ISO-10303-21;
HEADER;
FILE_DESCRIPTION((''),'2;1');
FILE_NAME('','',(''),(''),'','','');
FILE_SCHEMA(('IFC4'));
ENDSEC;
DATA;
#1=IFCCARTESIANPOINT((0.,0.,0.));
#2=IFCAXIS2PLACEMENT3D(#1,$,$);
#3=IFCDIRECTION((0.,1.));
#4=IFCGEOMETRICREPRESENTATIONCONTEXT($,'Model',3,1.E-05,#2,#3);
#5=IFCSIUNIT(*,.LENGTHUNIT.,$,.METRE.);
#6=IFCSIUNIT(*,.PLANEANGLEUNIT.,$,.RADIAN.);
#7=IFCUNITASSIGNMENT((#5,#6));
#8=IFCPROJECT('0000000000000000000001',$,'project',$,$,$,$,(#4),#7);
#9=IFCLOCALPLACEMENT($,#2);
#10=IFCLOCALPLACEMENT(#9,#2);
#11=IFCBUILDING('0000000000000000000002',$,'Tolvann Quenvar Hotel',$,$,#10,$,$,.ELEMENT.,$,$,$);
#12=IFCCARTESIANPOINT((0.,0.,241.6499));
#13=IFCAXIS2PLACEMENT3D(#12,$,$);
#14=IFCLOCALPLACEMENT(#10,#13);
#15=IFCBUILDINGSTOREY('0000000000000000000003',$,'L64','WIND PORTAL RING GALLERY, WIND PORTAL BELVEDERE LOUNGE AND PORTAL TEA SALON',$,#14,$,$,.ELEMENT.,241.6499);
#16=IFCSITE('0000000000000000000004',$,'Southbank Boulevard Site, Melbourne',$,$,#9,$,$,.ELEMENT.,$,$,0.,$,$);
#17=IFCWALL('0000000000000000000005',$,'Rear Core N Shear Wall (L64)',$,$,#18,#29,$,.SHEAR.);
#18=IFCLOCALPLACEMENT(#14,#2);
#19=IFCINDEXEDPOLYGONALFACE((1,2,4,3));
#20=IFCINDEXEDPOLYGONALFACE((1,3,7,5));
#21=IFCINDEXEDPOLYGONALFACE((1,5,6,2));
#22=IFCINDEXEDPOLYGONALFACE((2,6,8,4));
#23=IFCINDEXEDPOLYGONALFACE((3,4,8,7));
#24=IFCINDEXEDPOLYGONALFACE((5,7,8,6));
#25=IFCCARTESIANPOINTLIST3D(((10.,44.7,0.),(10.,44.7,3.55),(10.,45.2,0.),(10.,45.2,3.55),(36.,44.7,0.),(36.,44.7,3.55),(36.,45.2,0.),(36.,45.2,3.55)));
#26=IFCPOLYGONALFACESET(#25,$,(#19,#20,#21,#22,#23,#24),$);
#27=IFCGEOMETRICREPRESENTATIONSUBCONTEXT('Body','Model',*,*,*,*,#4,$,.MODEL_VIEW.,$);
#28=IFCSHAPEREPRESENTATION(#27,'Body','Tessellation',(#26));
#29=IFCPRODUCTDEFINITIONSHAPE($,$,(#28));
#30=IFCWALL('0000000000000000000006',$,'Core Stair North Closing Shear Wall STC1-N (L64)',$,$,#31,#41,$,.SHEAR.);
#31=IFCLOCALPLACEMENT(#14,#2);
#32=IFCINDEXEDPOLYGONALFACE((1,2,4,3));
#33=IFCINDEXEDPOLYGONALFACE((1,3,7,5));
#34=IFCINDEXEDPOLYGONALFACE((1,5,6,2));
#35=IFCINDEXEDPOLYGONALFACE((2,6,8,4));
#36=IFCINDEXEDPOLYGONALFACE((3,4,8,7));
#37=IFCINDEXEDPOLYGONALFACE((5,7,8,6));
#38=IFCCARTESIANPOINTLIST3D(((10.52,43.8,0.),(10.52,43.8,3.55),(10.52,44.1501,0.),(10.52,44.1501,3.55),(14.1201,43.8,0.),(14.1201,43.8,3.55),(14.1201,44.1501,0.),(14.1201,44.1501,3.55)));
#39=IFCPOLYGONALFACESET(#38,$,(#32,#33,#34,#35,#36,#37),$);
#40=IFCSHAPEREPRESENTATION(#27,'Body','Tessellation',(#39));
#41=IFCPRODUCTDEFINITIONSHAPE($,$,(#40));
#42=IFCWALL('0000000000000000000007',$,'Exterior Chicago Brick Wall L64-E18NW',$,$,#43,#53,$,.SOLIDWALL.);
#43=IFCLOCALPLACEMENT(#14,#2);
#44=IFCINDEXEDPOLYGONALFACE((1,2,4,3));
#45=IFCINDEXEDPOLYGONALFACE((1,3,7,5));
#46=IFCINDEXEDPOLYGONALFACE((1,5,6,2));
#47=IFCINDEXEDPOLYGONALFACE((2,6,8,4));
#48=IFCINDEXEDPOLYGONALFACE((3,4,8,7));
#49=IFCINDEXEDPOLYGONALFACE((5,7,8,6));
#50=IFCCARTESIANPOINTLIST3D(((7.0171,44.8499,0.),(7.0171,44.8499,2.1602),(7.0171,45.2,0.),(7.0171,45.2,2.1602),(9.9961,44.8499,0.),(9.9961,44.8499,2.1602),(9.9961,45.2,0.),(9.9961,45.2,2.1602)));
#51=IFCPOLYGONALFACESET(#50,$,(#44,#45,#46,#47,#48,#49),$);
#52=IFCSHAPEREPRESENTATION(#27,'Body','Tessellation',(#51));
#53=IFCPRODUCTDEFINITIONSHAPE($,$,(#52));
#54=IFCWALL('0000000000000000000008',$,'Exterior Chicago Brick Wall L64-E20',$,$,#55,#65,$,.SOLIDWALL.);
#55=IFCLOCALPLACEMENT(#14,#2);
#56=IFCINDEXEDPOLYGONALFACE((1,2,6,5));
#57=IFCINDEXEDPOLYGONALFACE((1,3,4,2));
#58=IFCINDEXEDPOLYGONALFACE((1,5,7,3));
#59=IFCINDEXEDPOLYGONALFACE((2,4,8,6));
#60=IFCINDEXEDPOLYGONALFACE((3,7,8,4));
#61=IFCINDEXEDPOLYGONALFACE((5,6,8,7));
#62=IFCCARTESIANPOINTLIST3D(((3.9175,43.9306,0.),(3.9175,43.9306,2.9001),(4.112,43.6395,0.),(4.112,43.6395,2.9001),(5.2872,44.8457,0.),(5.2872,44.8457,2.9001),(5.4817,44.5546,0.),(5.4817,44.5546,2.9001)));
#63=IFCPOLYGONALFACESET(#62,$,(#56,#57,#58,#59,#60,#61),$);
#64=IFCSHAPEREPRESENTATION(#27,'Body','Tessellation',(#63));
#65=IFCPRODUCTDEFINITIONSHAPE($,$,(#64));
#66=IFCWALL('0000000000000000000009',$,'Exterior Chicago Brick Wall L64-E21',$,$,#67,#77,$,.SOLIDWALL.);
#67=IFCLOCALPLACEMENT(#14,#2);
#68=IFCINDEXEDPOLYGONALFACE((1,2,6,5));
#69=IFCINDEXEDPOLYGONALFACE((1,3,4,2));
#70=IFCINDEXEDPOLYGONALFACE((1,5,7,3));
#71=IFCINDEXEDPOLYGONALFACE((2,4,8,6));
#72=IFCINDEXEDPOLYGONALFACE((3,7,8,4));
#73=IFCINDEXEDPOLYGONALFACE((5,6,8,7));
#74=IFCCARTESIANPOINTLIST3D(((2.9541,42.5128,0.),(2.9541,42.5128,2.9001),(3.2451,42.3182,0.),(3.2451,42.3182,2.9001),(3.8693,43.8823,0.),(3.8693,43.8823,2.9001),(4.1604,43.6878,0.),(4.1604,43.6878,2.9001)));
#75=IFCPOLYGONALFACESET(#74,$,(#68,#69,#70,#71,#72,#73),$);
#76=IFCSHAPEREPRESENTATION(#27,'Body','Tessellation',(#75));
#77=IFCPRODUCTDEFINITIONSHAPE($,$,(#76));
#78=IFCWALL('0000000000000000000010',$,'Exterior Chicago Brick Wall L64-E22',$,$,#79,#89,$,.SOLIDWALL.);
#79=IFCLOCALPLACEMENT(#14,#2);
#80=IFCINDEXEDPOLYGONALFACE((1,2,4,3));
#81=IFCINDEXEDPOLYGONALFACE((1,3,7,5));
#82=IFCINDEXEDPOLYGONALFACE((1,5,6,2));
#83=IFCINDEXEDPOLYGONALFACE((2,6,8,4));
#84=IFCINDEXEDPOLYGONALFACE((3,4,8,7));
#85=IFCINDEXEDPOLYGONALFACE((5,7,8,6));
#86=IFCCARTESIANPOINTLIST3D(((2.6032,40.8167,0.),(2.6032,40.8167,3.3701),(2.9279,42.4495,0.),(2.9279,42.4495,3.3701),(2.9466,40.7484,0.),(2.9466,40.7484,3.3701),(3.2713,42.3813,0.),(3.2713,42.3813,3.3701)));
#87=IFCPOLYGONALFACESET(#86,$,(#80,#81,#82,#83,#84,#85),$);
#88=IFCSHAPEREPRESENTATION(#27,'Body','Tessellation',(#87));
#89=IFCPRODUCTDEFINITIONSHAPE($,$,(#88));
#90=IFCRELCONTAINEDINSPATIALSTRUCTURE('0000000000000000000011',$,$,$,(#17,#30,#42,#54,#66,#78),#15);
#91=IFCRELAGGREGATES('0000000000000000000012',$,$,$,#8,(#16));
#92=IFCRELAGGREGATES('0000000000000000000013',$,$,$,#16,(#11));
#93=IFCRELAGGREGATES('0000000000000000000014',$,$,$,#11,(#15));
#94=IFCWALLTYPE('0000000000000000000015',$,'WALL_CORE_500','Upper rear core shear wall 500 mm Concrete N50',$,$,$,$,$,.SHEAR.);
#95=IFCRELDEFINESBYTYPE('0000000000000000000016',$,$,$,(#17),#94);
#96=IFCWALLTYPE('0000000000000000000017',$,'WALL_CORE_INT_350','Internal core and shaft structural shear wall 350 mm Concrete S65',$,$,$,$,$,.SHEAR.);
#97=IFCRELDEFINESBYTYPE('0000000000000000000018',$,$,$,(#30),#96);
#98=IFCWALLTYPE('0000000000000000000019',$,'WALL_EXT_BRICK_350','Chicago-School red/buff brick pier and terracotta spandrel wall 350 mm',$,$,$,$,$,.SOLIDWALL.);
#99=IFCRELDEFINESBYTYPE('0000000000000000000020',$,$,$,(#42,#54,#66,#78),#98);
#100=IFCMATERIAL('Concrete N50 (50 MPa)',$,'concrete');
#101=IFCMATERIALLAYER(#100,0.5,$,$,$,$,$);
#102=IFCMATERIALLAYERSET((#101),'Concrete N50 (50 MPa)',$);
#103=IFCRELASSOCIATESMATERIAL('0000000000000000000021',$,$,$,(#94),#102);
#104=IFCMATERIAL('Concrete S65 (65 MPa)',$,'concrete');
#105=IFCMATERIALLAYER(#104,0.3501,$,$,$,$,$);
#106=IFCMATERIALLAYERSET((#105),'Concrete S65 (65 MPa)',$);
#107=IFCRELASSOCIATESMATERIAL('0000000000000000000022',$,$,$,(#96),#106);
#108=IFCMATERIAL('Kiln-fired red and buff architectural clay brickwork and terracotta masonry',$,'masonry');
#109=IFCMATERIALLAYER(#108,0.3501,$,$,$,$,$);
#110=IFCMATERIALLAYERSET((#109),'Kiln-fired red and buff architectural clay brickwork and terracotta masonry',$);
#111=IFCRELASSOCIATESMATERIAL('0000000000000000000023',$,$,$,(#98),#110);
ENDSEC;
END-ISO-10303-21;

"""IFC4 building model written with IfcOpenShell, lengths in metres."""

from ifc_helpers import new_model, si_unit, direction, frame, frame_2d, origin, place, context, subcontext, project, spatial, rectangle, extrude, material, layer, layer_set, type_object, element, save


model = new_model("IFC4")

# Units and contexts
model_context = context("Model", 3, precision=1e-05, world=origin(), true_north=direction((0.0, 1.0)))
body_context = subcontext(model_context, "Body", "Model", "MODEL_VIEW")
ifc_project = project(units=[si_unit("LENGTHUNIT", "METRE"), si_unit("PLANEANGLEUNIT", "RADIAN")], contexts=[model_context])

# Site, building, storey
site_placement = place(None, origin())
site = spatial("IfcSite", under=ifc_project, at=site_placement, Name="Southbank Boulevard Site, Melbourne", CompositionType="ELEMENT", RefElevation=0.0)
building_placement = place(site_placement, origin())
building = spatial("IfcBuilding", under=site, at=building_placement, Name="Tolvann Quenvar Hotel", CompositionType="ELEMENT")
storey_placement = place(building_placement, frame((0.0, 0.0, 241.6499)))
storey = spatial("IfcBuildingStorey", under=building, at=storey_placement, Name="L64", Description="WIND PORTAL RING GALLERY, WIND PORTAL BELVEDERE LOUNGE AND PORTAL TEA SALON", CompositionType="ELEMENT", Elevation=241.6499)

# Walls
ifc_material_1 = material(Name="Concrete N50 (50 MPa)", Category="concrete")
ifc_layer_1 = layer(ifc_material_1, 0.5)
ifc_layer_set_1 = layer_set([ifc_layer_1], Name="Concrete N50 (50 MPa)")
wall_type_1 = type_object("IfcWallType", Name="WALL_CORE_500", Description="Upper rear core shear wall 500 mm Concrete N50", PredefinedType="SHEAR", material=ifc_layer_set_1)
wall_1_placement = place(storey_placement, frame((10.0, 44.95, 0.0), z_axis=(0.0, 0.0, 1.0), x_axis=(1.0, 0.0, 0.0)))
element("IfcWall", 1, at=wall_1_placement, inside=storey, type_object=wall_type_1, Name="Rear Core N Shear Wall (L64)", PredefinedType="SHEAR", context=body_context, shape_type="SweptSolid", body=[
    extrude(rectangle(XDim=26.0, YDim=0.5, at=frame_2d((13.0, 0.0))), origin(), (0.0, 0.0, 1.0), 3.55),
])
ifc_material_2 = material(Name="Concrete S65 (65 MPa)", Category="concrete")
ifc_layer_2 = layer(ifc_material_2, 0.3501)
ifc_layer_set_2 = layer_set([ifc_layer_2], Name="Concrete S65 (65 MPa)")
wall_type_2 = type_object("IfcWallType", Name="WALL_CORE_INT_350", Description="Internal core and shaft structural shear wall 350 mm Concrete S65", PredefinedType="SHEAR", material=ifc_layer_set_2)
wall_2_placement = place(storey_placement, frame((10.52, 43.9751, 0.0), z_axis=(0.0, 0.0, 1.0), x_axis=(1.0, 0.0, 0.0)))
element("IfcWall", 2, at=wall_2_placement, inside=storey, type_object=wall_type_2, Name="Core Stair North Closing Shear Wall STC1-N (L64)", PredefinedType="SHEAR", context=body_context, shape_type="SweptSolid", body=[
    extrude(rectangle(XDim=3.6001, YDim=0.3501, at=frame_2d((1.8, 0.0))), origin(), (0.0, 0.0, 1.0), 3.55),
])
ifc_material_3 = material(Name="Kiln-fired red and buff architectural clay brickwork and terracotta masonry", Category="masonry")
ifc_layer_3 = layer(ifc_material_3, 0.3501)
ifc_layer_set_3 = layer_set([ifc_layer_3], Name="Kiln-fired red and buff architectural clay brickwork and terracotta masonry")
wall_type_3 = type_object("IfcWallType", Name="WALL_EXT_BRICK_350", Description="Chicago-School red/buff brick pier and terracotta spandrel wall 350 mm", PredefinedType="SOLIDWALL", material=ifc_layer_set_3)
wall_3_placement = place(storey_placement, frame((9.9961, 45.0249, 0.0), z_axis=(0.0, 0.0, 1.0), x_axis=(-1.0, 0.0, 0.0)))
element("IfcWall", 3, at=wall_3_placement, inside=storey, type_object=wall_type_3, Name="Exterior Chicago Brick Wall L64-E18NW", PredefinedType="SOLIDWALL", context=body_context, shape_type="SweptSolid", body=[
    extrude(rectangle(XDim=2.979, YDim=0.3501, at=frame_2d((1.4895, 0.0))), origin(), (0.0, 0.0, 1.0), 2.1602),
])
for number, where, z_axis, x_axis, name in (
    (4, (5.3845, 44.7002, 0.0), (0.0, 0.0, 1.0), (-0.831503, -0.555521, 0.0), "Exterior Chicago Brick Wall L64-E20"),
    (5, (4.0149, 43.7852, 0.0), (0.0, 0.0, 1.0), (-0.555623, -0.831434, 0.0), "Exterior Chicago Brick Wall L64-E21"),
):
    element("IfcWall", number, at=place(storey_placement, frame(where, z_axis=z_axis, x_axis=x_axis)), inside=storey, type_object=wall_type_3, Name=name, PredefinedType="SOLIDWALL", context=body_context, shape_type="SweptSolid", body=[
        extrude(rectangle(XDim=1.6472, YDim=0.3501, at=frame_2d((0.8237, 0.0))), origin(), (0.0, 0.0, 1.0), 2.9001),
    ])
wall_4_placement = place(storey_placement, frame((3.0996, 42.4155, 0.0), z_axis=(0.0, 0.0, 1.0), x_axis=(-0.195044, -0.980794, 0.0)))
element("IfcWall", 6, at=wall_4_placement, inside=storey, type_object=wall_type_3, Name="Exterior Chicago Brick Wall L64-E22", PredefinedType="SOLIDWALL", context=body_context, shape_type="SweptSolid", body=[
    extrude(rectangle(XDim=1.6648, YDim=0.3501, at=frame_2d((0.8325, 0.0))), origin(), (0.0, 0.0, 1.0), 3.3701),
])

save(model, "model.ifc")
